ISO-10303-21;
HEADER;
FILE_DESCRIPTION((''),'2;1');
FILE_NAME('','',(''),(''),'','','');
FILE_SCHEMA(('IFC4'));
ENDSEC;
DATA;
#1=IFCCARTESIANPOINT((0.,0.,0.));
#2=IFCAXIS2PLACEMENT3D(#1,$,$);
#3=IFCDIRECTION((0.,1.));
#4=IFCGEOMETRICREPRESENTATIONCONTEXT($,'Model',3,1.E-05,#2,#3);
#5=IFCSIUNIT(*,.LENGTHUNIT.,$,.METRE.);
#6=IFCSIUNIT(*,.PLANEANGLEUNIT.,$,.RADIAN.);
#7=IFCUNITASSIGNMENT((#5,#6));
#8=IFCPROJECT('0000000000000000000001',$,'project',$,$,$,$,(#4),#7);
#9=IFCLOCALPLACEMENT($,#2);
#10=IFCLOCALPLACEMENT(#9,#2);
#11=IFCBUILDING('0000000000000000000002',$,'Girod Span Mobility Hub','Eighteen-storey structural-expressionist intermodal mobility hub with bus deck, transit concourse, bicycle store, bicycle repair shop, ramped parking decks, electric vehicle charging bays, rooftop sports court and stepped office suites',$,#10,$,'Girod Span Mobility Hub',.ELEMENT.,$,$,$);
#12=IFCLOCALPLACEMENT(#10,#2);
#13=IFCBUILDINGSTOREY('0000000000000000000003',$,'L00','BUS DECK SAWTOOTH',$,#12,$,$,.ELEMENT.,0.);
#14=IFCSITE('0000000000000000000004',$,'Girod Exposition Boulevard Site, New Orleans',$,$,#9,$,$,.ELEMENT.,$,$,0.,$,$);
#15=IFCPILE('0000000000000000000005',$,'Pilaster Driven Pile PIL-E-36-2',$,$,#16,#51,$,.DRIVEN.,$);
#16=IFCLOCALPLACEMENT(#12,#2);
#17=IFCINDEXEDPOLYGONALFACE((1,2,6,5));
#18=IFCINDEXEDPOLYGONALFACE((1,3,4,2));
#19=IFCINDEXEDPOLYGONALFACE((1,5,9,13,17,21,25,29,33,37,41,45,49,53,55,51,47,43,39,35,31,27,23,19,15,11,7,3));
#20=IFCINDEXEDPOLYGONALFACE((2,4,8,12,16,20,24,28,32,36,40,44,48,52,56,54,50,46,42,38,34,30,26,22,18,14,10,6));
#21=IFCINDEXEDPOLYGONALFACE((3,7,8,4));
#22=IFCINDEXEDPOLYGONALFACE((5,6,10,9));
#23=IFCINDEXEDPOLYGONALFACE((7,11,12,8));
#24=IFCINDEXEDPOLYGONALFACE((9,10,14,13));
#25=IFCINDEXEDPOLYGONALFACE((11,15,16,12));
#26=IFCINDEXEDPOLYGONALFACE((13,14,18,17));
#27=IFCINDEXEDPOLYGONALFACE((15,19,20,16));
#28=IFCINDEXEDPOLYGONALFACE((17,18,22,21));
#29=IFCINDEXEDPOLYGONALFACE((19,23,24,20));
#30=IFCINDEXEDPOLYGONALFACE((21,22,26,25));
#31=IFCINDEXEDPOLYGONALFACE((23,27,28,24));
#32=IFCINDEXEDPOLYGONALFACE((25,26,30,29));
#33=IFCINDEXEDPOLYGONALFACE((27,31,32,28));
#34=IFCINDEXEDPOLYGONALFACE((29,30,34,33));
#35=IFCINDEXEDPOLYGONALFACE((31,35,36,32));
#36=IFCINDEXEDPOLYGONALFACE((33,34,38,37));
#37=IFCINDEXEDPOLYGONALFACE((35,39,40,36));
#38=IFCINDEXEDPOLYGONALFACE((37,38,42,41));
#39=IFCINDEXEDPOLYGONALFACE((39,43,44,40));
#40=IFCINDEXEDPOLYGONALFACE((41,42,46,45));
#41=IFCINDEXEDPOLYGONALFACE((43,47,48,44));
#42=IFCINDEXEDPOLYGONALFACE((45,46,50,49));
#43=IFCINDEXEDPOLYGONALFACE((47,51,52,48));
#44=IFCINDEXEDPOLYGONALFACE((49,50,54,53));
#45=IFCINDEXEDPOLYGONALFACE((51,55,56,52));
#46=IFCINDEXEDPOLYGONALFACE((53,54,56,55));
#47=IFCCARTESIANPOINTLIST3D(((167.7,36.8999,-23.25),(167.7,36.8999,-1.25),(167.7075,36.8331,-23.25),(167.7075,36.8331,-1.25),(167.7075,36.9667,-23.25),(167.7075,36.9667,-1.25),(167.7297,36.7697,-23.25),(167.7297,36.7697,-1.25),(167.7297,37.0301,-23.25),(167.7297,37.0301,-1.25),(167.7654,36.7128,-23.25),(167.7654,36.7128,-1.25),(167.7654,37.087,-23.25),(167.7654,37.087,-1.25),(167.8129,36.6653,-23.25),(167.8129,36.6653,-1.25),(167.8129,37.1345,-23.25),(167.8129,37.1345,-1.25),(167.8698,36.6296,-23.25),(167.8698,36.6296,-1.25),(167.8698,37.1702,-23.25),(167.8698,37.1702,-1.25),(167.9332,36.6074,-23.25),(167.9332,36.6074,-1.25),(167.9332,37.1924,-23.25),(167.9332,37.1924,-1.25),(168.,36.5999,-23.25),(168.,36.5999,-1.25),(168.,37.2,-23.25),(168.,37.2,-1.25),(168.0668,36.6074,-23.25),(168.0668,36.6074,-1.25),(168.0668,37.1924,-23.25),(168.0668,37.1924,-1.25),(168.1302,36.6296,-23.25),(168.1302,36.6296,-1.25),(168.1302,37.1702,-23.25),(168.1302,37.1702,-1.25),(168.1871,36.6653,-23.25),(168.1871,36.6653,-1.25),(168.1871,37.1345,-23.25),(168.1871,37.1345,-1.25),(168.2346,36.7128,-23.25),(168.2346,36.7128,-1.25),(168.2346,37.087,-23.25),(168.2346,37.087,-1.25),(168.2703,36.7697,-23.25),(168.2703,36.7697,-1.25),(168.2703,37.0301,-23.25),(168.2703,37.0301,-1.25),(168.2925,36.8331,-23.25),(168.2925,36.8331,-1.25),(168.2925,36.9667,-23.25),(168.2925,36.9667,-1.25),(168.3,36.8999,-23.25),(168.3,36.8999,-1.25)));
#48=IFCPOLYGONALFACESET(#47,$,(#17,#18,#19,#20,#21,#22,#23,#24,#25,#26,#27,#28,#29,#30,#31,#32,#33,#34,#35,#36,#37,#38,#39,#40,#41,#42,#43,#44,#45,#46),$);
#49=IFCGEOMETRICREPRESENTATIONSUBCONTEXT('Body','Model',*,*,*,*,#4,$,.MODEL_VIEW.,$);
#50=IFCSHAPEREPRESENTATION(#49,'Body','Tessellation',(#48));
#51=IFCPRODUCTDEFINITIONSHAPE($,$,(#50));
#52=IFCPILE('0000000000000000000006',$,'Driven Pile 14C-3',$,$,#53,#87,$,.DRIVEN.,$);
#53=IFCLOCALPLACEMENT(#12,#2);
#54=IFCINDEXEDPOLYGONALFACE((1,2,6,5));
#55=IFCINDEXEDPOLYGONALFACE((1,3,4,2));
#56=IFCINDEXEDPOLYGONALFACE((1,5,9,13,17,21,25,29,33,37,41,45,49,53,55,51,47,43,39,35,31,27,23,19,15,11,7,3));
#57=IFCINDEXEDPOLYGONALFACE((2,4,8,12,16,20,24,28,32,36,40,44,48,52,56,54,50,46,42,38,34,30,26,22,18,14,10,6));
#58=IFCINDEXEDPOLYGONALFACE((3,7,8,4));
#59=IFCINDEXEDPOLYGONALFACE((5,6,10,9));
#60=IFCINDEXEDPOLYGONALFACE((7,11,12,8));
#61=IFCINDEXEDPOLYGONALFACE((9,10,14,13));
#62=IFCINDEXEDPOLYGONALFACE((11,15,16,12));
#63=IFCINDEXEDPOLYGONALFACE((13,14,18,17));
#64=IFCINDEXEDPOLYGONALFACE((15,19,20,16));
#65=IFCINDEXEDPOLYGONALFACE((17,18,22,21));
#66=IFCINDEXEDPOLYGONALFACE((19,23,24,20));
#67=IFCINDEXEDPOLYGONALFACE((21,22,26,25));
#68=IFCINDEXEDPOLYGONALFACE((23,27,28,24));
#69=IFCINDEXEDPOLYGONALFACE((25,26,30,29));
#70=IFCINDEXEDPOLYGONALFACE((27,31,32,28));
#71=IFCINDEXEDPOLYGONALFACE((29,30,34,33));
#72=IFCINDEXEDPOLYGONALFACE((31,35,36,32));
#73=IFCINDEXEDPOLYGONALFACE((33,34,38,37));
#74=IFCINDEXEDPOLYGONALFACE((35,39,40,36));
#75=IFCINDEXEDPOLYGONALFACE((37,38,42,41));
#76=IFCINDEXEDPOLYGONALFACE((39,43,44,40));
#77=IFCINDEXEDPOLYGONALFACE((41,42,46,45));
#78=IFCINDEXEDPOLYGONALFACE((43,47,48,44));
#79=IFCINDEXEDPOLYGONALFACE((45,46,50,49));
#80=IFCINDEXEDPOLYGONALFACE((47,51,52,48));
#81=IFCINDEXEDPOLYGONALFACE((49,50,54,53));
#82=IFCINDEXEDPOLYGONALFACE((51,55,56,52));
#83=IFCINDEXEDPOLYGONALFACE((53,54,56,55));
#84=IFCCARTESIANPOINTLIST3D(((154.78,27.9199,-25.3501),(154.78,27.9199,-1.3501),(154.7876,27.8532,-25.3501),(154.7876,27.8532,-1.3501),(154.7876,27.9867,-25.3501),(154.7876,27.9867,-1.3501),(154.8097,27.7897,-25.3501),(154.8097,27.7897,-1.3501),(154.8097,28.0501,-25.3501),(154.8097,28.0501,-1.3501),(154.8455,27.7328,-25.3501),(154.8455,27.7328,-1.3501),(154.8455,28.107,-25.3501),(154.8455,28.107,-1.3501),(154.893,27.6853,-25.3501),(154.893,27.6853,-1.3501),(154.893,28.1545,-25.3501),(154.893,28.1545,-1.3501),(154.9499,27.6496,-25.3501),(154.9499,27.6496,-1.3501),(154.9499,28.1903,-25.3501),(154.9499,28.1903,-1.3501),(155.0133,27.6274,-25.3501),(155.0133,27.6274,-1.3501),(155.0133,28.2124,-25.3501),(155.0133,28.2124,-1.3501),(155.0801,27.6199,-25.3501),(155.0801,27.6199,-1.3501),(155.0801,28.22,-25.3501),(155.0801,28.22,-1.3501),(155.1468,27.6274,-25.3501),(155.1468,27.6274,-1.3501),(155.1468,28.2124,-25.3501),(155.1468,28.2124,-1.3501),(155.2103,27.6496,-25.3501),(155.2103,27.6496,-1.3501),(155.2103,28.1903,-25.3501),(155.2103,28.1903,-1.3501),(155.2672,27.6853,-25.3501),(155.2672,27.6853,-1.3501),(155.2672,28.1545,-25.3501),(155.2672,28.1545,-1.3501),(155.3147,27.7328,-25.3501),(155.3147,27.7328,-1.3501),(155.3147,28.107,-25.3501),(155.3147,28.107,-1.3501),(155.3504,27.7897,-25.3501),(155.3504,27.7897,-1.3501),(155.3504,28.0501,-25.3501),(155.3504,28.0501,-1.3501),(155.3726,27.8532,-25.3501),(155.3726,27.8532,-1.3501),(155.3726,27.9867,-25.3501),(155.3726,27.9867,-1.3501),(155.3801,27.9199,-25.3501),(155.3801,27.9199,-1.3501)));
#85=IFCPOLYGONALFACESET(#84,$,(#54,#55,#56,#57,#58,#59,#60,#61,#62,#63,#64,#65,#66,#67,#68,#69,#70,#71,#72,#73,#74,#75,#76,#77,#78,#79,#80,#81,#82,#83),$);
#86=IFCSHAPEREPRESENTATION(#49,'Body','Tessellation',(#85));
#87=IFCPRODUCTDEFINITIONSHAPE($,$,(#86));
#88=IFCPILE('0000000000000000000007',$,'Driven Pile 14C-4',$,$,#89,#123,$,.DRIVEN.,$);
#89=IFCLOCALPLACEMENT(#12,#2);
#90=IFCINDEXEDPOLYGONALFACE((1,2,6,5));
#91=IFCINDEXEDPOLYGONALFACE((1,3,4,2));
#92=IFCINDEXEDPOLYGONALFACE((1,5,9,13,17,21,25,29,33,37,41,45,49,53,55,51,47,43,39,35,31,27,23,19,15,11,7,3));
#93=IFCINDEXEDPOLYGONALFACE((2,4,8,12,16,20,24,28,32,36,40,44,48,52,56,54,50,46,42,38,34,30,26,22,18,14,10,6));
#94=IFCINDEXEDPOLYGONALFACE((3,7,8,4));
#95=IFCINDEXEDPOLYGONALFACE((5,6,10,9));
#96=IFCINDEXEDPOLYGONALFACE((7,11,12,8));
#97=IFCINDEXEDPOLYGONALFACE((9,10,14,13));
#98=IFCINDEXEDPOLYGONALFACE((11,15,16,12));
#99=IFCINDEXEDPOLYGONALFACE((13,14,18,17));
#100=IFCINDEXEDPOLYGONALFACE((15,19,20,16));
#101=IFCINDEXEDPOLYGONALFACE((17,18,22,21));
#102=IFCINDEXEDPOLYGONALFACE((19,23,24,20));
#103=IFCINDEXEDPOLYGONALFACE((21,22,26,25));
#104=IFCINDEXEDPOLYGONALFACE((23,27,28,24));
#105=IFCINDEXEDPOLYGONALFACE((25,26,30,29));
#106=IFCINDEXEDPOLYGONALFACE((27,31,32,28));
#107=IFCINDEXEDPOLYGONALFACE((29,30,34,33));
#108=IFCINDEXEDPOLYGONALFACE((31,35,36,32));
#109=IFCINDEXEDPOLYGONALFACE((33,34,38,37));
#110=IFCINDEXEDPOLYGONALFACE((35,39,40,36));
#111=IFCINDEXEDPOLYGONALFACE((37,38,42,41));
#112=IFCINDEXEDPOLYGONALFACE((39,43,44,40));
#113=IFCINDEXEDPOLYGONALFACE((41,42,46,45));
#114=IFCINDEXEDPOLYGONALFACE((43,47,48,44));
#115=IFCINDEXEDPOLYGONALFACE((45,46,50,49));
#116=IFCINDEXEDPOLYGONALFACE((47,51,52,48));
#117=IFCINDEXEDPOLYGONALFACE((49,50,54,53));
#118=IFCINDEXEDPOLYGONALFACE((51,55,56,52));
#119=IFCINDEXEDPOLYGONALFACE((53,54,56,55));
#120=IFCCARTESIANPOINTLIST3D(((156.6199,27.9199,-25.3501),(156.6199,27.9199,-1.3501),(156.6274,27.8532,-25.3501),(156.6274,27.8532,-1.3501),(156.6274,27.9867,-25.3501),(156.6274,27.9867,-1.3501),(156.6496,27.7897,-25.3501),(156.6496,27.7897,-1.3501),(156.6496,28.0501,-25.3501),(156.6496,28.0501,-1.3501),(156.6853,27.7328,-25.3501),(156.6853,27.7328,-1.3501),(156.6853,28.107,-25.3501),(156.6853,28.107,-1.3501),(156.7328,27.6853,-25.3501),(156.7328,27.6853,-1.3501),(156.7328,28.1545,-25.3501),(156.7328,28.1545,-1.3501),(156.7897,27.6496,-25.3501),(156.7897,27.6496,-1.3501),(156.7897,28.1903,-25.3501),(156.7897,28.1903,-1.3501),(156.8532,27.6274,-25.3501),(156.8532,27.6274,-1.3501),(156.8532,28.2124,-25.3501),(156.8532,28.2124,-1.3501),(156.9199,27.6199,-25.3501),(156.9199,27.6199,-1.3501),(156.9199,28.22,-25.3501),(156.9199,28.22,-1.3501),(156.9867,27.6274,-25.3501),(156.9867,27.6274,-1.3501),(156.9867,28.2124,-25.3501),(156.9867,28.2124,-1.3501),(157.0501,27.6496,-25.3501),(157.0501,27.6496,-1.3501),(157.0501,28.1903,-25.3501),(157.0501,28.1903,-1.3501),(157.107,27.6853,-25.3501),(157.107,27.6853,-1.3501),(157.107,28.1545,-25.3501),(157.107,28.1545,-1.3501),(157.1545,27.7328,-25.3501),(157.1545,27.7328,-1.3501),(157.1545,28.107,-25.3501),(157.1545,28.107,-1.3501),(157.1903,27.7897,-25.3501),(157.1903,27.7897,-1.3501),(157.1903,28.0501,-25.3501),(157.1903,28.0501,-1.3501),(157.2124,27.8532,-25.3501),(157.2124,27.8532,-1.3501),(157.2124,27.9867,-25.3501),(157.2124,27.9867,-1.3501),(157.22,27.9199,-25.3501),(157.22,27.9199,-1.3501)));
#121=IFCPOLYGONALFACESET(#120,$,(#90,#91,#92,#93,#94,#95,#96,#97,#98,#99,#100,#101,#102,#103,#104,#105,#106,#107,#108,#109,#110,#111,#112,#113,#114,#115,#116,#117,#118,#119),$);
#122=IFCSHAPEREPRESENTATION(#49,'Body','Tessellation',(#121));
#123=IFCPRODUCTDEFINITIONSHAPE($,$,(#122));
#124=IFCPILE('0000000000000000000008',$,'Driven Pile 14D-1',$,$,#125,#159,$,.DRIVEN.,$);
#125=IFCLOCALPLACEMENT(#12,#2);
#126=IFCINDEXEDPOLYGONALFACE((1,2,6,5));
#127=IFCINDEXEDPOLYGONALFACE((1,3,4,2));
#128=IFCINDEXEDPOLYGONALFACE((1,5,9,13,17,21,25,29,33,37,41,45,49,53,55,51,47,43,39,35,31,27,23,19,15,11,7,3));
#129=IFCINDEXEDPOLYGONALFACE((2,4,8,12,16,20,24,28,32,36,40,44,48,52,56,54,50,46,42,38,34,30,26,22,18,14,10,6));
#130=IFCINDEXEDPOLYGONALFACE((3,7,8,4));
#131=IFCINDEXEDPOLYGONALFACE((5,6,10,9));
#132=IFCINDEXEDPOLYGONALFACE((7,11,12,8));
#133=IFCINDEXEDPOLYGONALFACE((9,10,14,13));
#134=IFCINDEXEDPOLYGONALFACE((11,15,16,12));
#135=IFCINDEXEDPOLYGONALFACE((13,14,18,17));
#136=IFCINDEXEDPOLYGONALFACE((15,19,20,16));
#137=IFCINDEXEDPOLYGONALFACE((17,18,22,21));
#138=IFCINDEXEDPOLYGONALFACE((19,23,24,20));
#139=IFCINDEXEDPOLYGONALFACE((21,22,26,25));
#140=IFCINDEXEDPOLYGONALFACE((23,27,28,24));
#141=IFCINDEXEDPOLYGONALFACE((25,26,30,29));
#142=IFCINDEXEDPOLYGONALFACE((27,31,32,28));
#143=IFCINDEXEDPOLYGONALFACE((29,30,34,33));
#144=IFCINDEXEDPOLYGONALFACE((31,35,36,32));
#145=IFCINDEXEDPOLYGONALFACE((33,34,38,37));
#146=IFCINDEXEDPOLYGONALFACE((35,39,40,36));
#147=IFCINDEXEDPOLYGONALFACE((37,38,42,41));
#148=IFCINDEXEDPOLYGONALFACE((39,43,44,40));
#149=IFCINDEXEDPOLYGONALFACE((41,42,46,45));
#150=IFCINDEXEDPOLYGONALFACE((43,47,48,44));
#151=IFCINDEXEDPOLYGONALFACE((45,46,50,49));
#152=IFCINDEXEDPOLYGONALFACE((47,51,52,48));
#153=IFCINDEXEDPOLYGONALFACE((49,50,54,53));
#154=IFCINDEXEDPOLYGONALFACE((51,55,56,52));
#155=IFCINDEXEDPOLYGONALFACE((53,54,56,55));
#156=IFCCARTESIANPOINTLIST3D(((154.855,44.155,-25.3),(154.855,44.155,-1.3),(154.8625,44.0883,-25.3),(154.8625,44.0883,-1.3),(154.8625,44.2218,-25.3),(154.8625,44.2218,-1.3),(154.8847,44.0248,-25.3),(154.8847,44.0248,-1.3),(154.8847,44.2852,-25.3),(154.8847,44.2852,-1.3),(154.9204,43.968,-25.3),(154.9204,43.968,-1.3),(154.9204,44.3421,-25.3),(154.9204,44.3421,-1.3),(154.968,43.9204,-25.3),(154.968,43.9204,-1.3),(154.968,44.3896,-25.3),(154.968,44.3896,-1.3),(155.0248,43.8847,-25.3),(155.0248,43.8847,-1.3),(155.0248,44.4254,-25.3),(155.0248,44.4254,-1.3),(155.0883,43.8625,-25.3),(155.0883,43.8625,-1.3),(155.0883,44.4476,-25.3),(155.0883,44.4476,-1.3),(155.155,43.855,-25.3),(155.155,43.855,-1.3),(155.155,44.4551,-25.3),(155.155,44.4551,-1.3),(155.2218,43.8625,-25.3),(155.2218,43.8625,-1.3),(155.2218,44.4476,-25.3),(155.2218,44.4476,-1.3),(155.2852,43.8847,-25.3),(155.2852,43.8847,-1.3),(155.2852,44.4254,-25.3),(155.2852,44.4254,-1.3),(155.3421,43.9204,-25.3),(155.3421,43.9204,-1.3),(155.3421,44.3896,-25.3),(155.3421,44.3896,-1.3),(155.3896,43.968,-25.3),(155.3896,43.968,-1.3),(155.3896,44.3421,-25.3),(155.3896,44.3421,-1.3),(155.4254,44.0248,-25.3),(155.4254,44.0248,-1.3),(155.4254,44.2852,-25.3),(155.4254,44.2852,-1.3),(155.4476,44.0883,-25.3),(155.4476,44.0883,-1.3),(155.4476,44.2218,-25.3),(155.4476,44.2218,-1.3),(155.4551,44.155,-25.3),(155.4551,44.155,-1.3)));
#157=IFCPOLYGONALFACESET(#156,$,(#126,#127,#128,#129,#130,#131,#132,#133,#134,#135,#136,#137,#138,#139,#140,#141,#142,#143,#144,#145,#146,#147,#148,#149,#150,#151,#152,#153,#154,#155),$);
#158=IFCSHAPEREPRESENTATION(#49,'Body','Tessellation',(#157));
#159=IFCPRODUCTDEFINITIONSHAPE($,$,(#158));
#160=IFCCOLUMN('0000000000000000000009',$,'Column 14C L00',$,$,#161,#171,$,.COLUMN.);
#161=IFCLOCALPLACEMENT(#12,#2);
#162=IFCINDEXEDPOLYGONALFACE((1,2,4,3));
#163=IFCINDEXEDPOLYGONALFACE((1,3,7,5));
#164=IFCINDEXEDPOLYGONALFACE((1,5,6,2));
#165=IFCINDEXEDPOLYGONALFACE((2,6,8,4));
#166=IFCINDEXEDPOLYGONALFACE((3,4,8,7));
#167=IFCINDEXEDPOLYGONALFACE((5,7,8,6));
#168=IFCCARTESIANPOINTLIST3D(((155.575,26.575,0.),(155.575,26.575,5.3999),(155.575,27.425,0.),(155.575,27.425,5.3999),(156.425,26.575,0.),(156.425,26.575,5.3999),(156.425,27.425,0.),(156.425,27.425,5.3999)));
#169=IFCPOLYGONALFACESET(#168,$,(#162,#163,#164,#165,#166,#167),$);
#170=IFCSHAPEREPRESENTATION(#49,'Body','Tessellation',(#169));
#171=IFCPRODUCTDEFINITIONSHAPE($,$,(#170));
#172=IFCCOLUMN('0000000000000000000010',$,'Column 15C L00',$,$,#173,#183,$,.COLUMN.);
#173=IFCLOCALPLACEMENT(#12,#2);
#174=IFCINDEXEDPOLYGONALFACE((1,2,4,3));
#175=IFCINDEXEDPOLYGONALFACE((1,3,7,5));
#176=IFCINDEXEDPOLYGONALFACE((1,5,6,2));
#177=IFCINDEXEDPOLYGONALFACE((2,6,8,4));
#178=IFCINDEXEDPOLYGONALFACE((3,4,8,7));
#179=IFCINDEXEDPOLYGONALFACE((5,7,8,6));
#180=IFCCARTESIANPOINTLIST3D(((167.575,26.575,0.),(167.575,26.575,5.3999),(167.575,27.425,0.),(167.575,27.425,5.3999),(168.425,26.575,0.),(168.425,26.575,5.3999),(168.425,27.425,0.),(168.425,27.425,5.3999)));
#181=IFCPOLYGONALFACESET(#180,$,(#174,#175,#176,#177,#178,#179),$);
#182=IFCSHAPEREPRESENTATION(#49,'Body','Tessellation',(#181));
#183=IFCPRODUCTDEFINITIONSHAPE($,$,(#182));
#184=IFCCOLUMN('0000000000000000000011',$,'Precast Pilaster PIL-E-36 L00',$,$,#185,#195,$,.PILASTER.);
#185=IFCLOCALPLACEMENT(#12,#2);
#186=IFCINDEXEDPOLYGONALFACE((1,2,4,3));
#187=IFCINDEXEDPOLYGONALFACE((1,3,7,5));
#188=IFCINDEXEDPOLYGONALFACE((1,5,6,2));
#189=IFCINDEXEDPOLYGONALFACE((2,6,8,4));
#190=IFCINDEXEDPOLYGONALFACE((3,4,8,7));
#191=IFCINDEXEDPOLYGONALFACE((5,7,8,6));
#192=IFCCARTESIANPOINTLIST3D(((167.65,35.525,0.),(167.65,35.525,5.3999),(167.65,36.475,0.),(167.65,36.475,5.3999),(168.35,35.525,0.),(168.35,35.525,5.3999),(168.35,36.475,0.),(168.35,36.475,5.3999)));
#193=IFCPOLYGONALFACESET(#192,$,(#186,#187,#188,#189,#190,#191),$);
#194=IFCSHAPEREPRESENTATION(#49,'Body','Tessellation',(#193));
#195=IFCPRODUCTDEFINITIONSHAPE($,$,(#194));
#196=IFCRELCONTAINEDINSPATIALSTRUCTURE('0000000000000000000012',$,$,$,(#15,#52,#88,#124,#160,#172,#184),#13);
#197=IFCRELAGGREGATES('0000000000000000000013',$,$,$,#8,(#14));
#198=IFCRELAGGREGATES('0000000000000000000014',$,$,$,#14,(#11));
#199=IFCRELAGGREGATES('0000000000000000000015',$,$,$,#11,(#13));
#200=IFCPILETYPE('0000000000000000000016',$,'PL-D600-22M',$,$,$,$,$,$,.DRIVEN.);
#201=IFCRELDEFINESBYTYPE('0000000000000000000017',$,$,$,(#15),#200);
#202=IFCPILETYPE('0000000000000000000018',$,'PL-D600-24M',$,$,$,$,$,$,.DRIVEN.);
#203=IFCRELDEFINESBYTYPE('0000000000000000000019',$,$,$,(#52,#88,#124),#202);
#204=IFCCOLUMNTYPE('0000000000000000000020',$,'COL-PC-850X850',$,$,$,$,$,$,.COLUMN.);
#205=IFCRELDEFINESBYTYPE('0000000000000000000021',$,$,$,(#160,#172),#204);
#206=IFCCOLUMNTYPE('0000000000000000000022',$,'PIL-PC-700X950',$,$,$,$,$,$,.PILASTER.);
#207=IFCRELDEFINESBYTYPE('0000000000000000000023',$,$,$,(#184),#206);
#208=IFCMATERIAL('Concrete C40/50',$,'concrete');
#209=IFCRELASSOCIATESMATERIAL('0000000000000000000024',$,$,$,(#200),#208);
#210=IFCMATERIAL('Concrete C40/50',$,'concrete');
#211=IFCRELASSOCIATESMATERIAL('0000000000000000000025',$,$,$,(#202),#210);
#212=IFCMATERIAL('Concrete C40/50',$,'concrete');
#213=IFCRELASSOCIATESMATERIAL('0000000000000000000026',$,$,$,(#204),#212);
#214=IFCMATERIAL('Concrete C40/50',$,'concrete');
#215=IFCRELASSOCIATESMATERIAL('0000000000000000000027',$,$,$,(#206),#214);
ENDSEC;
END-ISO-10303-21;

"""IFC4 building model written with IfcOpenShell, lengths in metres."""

from ifc_helpers import new_model, si_unit, direction, frame, origin, origin_2d, place, context, subcontext, project, spatial, rectangle, circle, extrude, material, material_profile, profile_set, type_object, element, save


model = new_model("IFC4")

# Units and contexts
model_context = context("Model", 3, precision=1e-05, world=origin(), true_north=direction((0.0, 1.0)))
body_context = subcontext(model_context, "Body", "Model", "MODEL_VIEW")
ifc_project = project(units=[si_unit("LENGTHUNIT", "METRE"), si_unit("PLANEANGLEUNIT", "RADIAN")], contexts=[model_context])

# Site, building, storey
site_placement = place(None, origin())
site = spatial("IfcSite", under=ifc_project, at=site_placement, Name="Girod Exposition Boulevard Site, New Orleans", CompositionType="ELEMENT", RefElevation=0.0)
building_placement = place(site_placement, origin())
building = spatial("IfcBuilding", under=site, at=building_placement, Name="Girod Span Mobility Hub", Description="Eighteen-storey structural-expressionist intermodal mobility hub with bus deck, transit concourse, bicycle store, bicycle repair shop, ramped parking decks, electric vehicle charging bays, rooftop sports court and stepped office suites", LongName="Girod Span Mobility Hub", CompositionType="ELEMENT")
storey_placement = place(building_placement, origin())
storey = spatial("IfcBuildingStorey", under=building, at=storey_placement, Name="L00", Description="BUS DECK SAWTOOTH", CompositionType="ELEMENT", Elevation=0.0)

# Piles
ifc_material_1 = material(Name="Concrete C40/50", Category="concrete")
ifc_material_profile_1 = material_profile(ifc_material_1, circle(Radius=0.3, at=origin_2d()), Name="PILE-D600")
ifc_profile_set_1 = profile_set([ifc_material_profile_1], Name="Concrete C40/50")
pile_type_1 = type_object("IfcPileType", Name="PL-D600-22M", PredefinedType="DRIVEN", material=ifc_profile_set_1)
for number, where, z_axis, x_axis, name in (
    (1, (168.0, 36.8999, -1.25), (0.0, 0.0, -1.0), (1.0, 0.0, 0.0), "Pilaster Driven Pile PIL-E-36-2"),
):
    element("IfcPile", number, at=place(storey_placement, frame(where, z_axis=z_axis, x_axis=x_axis)), inside=storey, type_object=pile_type_1, Name=name, PredefinedType="DRIVEN", context=body_context, shape_type="SweptSolid", body=[
        extrude(circle(Radius=0.3, at=origin_2d()), origin(), (0.0, 0.0, 1.0), 22.0),
    ])
ifc_material_2 = material(Name="Concrete C40/50", Category="concrete")
ifc_material_profile_2 = material_profile(ifc_material_2, circle(Radius=0.3, at=origin_2d()), Name="PILE-D600")
ifc_profile_set_2 = profile_set([ifc_material_profile_2], Name="Concrete C40/50")
pile_type_2 = type_object("IfcPileType", Name="PL-D600-24M", PredefinedType="DRIVEN", material=ifc_profile_set_2)
for number, where, z_axis, x_axis, name in (
    (2, (155.0801, 27.9199, -1.3501), (0.0, 0.0, -1.0), (1.0, 0.0, 0.0), "Driven Pile 14C-3"),
    (3, (156.9199, 27.9199, -1.3501), (0.0, 0.0, -1.0), (1.0, 0.0, 0.0), "Driven Pile 14C-4"),
    (4, (155.155, 44.155, -1.3), (0.0, 0.0, -1.0), (1.0, 0.0, 0.0), "Driven Pile 14D-1"),
):
    element("IfcPile", number, at=place(storey_placement, frame(where, z_axis=z_axis, x_axis=x_axis)), inside=storey, type_object=pile_type_2, Name=name, PredefinedType="DRIVEN", context=body_context, shape_type="SweptSolid", body=[
        extrude(circle(Radius=0.3, at=origin_2d()), origin(), (0.0, 0.0, 1.0), 24.0),
    ])

# Columns
ifc_material_3 = material(Name="Concrete C40/50", Category="concrete")
ifc_material_profile_3 = material_profile(ifc_material_3, rectangle(XDim=0.8501, YDim=0.8501, at=origin_2d()), Name="PC-COL-850X850")
ifc_profile_set_3 = profile_set([ifc_material_profile_3], Name="Concrete C40/50")
column_type_1 = type_object("IfcColumnType", Name="COL-PC-850X850", PredefinedType="COLUMN", material=ifc_profile_set_3)
for number, where, z_axis, x_axis, name in (
    (5, (156.0, 27.0, 0.0), (0.0, 0.0, 1.0), (1.0, 0.0, 0.0), "Column 14C L00"),
    (6, (168.0, 27.0, 0.0), (0.0, 0.0, 1.0), (1.0, 0.0, 0.0), "Column 15C L00"),
):
    element("IfcColumn", number, at=place(storey_placement, frame(where, z_axis=z_axis, x_axis=x_axis)), inside=storey, type_object=column_type_1, Name=name, PredefinedType="COLUMN", context=body_context, shape_type="SweptSolid", body=[
        extrude(rectangle(XDim=0.8501, YDim=0.8501, at=origin_2d()), origin(), (0.0, 0.0, 1.0), 5.3999),
    ])
ifc_material_4 = material(Name="Concrete C40/50", Category="concrete")
ifc_material_profile_4 = material_profile(ifc_material_4, rectangle(XDim=0.7, YDim=0.95, at=origin_2d()), Name="PC-PIL-700X950")
ifc_profile_set_4 = profile_set([ifc_material_profile_4], Name="Concrete C40/50")
column_type_2 = type_object("IfcColumnType", Name="PIL-PC-700X950", PredefinedType="PILASTER", material=ifc_profile_set_4)
column_placement = place(storey_placement, frame((168.0, 36.0, 0.0), z_axis=(0.0, 0.0, 1.0), x_axis=(1.0, 0.0, 0.0)))
element("IfcColumn", 7, at=column_placement, inside=storey, type_object=column_type_2, Name="Precast Pilaster PIL-E-36 L00", PredefinedType="PILASTER", context=body_context, shape_type="SweptSolid", body=[
    extrude(rectangle(XDim=0.7, YDim=0.95, at=origin_2d()), origin(), (0.0, 0.0, 1.0), 5.3999),
])

save(model, "model.ifc")
